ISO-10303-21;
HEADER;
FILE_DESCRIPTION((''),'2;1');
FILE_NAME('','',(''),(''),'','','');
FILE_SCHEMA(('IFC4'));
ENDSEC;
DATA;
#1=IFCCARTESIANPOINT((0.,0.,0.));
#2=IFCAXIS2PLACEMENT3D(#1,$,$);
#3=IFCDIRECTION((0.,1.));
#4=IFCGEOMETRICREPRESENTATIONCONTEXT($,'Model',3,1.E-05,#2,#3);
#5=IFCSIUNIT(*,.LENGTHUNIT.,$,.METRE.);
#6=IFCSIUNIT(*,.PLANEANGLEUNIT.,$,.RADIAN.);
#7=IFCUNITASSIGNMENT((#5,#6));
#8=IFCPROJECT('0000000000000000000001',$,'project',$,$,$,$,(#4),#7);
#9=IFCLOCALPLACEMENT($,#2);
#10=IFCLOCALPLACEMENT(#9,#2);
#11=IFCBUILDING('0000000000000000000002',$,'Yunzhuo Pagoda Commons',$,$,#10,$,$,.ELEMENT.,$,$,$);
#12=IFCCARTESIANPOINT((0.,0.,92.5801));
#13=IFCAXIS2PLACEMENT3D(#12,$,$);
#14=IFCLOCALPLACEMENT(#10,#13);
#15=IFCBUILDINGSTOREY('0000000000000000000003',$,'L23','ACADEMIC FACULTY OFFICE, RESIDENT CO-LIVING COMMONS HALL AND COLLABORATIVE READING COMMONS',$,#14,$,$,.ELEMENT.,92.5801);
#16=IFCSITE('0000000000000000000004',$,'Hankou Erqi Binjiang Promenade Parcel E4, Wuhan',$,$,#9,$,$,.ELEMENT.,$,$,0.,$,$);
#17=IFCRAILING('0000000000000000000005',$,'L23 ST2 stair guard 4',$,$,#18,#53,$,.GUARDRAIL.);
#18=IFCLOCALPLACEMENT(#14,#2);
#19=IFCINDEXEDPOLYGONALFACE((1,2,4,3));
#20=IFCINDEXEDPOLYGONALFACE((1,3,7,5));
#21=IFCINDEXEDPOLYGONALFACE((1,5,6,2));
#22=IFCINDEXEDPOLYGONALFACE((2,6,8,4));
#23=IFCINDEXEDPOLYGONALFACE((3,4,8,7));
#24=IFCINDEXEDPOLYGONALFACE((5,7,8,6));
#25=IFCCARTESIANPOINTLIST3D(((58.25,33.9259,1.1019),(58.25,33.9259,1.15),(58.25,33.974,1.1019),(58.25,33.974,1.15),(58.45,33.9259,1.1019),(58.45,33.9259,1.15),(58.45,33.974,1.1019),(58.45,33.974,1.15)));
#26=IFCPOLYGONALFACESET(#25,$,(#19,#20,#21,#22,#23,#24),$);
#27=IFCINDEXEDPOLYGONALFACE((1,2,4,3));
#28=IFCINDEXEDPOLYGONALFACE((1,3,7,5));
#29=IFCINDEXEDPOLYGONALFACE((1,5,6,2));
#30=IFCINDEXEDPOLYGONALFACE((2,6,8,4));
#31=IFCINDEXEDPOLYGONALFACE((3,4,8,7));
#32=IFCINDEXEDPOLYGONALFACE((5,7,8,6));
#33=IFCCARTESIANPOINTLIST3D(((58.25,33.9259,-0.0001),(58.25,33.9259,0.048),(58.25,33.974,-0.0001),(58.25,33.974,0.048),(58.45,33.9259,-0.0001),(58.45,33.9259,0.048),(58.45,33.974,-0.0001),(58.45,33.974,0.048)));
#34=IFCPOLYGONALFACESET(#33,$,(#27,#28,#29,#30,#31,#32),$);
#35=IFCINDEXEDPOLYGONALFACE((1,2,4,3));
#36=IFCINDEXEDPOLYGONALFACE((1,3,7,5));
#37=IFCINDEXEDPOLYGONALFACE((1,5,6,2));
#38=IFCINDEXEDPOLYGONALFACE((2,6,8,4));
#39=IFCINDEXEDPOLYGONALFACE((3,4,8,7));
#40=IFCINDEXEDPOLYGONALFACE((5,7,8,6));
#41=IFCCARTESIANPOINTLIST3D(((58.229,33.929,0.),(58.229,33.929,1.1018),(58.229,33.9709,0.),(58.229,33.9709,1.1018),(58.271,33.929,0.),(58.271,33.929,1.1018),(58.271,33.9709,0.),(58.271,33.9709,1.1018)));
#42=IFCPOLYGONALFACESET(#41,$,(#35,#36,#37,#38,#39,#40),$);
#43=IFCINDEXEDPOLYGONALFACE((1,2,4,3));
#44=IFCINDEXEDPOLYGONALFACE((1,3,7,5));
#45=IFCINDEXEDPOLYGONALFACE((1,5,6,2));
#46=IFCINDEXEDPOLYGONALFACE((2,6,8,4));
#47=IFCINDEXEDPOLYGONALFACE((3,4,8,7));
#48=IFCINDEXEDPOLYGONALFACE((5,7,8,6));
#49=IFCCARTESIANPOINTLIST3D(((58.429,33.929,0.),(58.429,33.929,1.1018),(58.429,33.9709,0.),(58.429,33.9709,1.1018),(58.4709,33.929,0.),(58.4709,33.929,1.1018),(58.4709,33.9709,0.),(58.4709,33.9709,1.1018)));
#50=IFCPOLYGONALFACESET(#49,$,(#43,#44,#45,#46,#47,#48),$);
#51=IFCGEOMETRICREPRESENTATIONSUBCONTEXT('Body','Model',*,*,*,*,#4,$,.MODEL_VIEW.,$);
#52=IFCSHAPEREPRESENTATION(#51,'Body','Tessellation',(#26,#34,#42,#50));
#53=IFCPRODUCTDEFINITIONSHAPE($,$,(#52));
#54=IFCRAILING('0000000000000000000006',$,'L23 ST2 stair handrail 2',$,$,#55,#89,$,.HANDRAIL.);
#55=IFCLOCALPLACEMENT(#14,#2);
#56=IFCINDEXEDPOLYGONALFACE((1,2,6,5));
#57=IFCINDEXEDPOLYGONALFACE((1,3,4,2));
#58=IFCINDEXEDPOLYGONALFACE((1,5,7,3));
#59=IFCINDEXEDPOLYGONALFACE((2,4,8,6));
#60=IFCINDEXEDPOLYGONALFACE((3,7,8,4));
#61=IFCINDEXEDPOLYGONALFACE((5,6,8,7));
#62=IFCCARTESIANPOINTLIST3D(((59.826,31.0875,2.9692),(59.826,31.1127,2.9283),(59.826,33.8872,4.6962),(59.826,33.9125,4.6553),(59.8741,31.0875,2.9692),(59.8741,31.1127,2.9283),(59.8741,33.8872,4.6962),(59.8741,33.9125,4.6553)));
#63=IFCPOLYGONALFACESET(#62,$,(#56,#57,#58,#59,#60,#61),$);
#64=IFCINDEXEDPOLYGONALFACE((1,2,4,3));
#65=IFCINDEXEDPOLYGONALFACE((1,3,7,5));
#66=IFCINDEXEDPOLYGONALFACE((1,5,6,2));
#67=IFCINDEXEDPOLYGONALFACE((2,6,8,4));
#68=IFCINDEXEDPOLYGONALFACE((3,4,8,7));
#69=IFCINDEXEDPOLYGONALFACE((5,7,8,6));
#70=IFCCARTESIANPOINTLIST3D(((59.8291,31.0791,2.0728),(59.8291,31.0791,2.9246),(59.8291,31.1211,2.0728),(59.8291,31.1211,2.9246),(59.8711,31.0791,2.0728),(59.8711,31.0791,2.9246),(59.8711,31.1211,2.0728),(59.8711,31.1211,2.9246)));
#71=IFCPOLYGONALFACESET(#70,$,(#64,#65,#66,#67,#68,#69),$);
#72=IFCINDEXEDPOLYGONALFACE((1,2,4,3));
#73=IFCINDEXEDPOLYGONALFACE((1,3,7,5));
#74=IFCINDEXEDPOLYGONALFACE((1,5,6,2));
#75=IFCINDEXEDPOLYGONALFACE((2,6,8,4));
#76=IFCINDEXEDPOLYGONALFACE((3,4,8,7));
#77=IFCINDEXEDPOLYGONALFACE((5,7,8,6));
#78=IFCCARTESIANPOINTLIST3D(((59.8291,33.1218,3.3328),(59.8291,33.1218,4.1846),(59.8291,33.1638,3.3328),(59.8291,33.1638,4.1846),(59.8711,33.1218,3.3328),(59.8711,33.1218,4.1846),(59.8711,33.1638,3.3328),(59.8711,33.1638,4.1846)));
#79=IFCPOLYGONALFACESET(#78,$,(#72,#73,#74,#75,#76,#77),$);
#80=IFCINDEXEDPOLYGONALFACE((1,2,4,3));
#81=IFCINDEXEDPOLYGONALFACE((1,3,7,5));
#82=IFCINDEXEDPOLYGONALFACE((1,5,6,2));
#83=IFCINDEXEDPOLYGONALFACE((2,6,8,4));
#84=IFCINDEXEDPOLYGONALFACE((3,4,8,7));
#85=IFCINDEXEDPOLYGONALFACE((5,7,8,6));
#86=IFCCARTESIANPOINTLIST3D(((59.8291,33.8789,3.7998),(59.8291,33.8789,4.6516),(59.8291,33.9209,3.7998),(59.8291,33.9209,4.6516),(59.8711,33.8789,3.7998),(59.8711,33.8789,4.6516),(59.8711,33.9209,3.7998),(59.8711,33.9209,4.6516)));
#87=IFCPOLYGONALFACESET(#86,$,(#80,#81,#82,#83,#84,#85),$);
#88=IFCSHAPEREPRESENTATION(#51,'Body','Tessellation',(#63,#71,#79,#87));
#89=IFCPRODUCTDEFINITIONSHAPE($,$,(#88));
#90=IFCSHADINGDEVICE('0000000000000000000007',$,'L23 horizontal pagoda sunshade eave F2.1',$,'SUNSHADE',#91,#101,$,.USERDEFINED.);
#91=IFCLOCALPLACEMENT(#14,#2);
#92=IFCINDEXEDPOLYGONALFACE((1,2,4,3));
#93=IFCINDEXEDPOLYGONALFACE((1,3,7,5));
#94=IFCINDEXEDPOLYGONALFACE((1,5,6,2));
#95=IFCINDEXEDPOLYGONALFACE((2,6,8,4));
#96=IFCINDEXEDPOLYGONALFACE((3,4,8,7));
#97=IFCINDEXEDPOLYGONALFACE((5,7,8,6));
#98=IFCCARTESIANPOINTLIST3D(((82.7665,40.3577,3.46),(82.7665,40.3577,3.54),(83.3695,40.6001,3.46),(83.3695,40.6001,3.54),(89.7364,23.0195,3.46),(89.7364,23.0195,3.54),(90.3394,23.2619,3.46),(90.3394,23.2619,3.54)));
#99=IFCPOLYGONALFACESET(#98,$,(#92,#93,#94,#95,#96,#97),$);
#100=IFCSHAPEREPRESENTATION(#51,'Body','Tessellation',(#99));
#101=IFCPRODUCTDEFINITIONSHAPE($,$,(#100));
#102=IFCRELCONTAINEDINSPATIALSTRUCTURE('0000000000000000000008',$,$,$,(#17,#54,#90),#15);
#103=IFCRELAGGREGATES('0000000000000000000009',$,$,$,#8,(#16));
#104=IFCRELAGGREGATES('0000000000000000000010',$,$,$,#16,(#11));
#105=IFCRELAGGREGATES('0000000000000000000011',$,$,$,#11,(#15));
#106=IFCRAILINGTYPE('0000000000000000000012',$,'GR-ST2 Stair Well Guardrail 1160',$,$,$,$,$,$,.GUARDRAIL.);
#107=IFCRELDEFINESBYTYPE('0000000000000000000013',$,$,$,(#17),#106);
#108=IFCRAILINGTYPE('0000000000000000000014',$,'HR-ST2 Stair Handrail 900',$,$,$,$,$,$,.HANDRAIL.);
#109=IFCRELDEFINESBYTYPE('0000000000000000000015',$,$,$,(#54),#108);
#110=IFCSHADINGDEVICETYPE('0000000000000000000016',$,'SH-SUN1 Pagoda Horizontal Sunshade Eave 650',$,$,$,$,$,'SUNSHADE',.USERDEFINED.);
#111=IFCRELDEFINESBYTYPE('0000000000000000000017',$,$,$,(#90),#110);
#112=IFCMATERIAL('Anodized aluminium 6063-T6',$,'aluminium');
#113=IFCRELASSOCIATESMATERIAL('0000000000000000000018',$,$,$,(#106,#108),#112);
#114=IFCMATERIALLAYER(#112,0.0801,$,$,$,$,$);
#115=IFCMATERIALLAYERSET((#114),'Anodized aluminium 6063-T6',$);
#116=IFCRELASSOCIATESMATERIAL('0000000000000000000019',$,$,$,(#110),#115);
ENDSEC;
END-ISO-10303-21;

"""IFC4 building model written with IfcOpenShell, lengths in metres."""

from ifc_helpers import new_model, si_unit, direction, frame, origin, origin_2d, place, context, subcontext, project, spatial, rectangle, extrude, source, transform, mapped, material, layer, layer_set, type_object, element, save


model = new_model("IFC4")

# Units and contexts
model_context = context("Model", 3, precision=1e-05, world=origin(), true_north=direction((0.0, 1.0)))
body_context = subcontext(model_context, "Body", "Model", "MODEL_VIEW")
ifc_project = project(units=[si_unit("LENGTHUNIT", "METRE"), si_unit("PLANEANGLEUNIT", "RADIAN")], contexts=[model_context])

# Site, building, storey
site_placement = place(None, origin())
site = spatial("IfcSite", under=ifc_project, at=site_placement, Name="Hankou Erqi Binjiang Promenade Parcel E4, Wuhan", CompositionType="ELEMENT", RefElevation=0.0)
building_placement = place(site_placement, origin())
building = spatial("IfcBuilding", under=site, at=building_placement, Name="Yunzhuo Pagoda Commons", CompositionType="ELEMENT")
storey_placement = place(building_placement, frame((0.0, 0.0, 92.5801)))
storey = spatial("IfcBuildingStorey", under=building, at=storey_placement, Name="L23", Description="ACADEMIC FACULTY OFFICE, RESIDENT CO-LIVING COMMONS HALL AND COLLABORATIVE READING COMMONS", CompositionType="ELEMENT", Elevation=92.5801)

# Shared definitions
ifc_material_1 = material(Name="Anodized aluminium 6063-T6", Category="aluminium")

# Railings
railing_type_1 = type_object("IfcRailingType", Name="GR-ST2 Stair Well Guardrail 1160", PredefinedType="GUARDRAIL", material=ifc_material_1)
railing_1_placement = place(storey_placement, frame((58.25, 33.95, 0.0)))
element("IfcRailing", 1, at=railing_1_placement, inside=storey, type_object=railing_type_1, Name="L23 ST2 stair guard 4", PredefinedType="GUARDRAIL", context=body_context, shape_type="SweptSolid", body=[
    extrude(rectangle(XDim=0.0481, YDim=0.0481, at=origin_2d()), frame((0.0, 0.0, 1.126), z_axis=(1.0, 0.0, 0.0), x_axis=(0.0, 1.0, 0.0)), (0.0, 0.0, 1.0), 0.2),
    extrude(rectangle(XDim=0.0481, YDim=0.0481, at=origin_2d()), frame((0.0, 0.0, 0.0239), z_axis=(1.0, 0.0, 0.0), x_axis=(0.0, 1.0, 0.0)), (0.0, 0.0, 1.0), 0.2),
    extrude(rectangle(XDim=0.042, YDim=0.042, at=origin_2d()), origin(), (0.0, 0.0, 1.0), 1.1018),
    extrude(rectangle(XDim=0.042, YDim=0.042, at=origin_2d()), frame((0.2, 0.0, 0.0)), (0.0, 0.0, 1.0), 1.1018),
])
railing_type_2 = type_object("IfcRailingType", Name="HR-ST2 Stair Handrail 900", PredefinedType="HANDRAIL", material=ifc_material_1)
railing_2_placement = place(storey_placement, frame((59.8501, 31.1001, 2.0728)))
element("IfcRailing", 2, at=railing_2_placement, inside=storey, type_object=railing_type_2, Name="L23 ST2 stair handrail 2", PredefinedType="HANDRAIL", context=body_context, shape_type="SweptSolid", body=[
    extrude(rectangle(XDim=0.0481, YDim=0.0481, at=origin_2d()), frame((0.0, 0.0, 0.876), z_axis=(0.0, 0.851102, 0.525), x_axis=(-1.0, 0.0, 0.0)), (0.0, 0.0, 1.0), 3.2896),
    extrude(rectangle(XDim=0.042, YDim=0.042, at=origin_2d()), origin(), (0.0, 0.0, 1.0), 0.8518),
    extrude(rectangle(XDim=0.042, YDim=0.042, at=origin_2d()), frame((0.0, 2.0427, 1.26)), (0.0, 0.0, 1.0), 0.8518),
    extrude(rectangle(XDim=0.042, YDim=0.042, at=origin_2d()), frame((0.0, 2.7998, 1.7271)), (0.0, 0.0, 1.0), 0.8518),
])

# Shading device
ifc_layer_1 = layer(ifc_material_1, 0.0801)
ifc_layer_set_1 = layer_set([ifc_layer_1], Name="Anodized aluminium 6063-T6")
shading_device_type = type_object("IfcShadingDeviceType", Name="SH-SUN1 Pagoda Horizontal Sunshade Eave 650", ElementType="SUNSHADE", PredefinedType="USERDEFINED", material=ifc_layer_set_1)
shared_shape_1 = source(origin(), body_context, "Body", "SweptSolid", [
    extrude(rectangle(XDim=18.6868, YDim=0.6499, at=origin_2d()), origin(), (0.0, 0.0, 1.0), 0.0801),
])
shading_device_placement = place(storey_placement, frame((86.553, 31.8098, 3.46), z_axis=(0.0, 0.0, 1.0), x_axis=(-0.372988, 0.927836, 0.0)))
element("IfcShadingDevice", 3, at=shading_device_placement, inside=storey, type_object=shading_device_type, Name="L23 horizontal pagoda sunshade eave F2.1", ObjectType="SUNSHADE", PredefinedType="USERDEFINED", context=body_context, shape_type="MappedRepresentation", body=[
    mapped(shared_shape_1, transform((0.0, 0.0, 0.0), scale=1.0)),
])

save(model, "model.ifc")
